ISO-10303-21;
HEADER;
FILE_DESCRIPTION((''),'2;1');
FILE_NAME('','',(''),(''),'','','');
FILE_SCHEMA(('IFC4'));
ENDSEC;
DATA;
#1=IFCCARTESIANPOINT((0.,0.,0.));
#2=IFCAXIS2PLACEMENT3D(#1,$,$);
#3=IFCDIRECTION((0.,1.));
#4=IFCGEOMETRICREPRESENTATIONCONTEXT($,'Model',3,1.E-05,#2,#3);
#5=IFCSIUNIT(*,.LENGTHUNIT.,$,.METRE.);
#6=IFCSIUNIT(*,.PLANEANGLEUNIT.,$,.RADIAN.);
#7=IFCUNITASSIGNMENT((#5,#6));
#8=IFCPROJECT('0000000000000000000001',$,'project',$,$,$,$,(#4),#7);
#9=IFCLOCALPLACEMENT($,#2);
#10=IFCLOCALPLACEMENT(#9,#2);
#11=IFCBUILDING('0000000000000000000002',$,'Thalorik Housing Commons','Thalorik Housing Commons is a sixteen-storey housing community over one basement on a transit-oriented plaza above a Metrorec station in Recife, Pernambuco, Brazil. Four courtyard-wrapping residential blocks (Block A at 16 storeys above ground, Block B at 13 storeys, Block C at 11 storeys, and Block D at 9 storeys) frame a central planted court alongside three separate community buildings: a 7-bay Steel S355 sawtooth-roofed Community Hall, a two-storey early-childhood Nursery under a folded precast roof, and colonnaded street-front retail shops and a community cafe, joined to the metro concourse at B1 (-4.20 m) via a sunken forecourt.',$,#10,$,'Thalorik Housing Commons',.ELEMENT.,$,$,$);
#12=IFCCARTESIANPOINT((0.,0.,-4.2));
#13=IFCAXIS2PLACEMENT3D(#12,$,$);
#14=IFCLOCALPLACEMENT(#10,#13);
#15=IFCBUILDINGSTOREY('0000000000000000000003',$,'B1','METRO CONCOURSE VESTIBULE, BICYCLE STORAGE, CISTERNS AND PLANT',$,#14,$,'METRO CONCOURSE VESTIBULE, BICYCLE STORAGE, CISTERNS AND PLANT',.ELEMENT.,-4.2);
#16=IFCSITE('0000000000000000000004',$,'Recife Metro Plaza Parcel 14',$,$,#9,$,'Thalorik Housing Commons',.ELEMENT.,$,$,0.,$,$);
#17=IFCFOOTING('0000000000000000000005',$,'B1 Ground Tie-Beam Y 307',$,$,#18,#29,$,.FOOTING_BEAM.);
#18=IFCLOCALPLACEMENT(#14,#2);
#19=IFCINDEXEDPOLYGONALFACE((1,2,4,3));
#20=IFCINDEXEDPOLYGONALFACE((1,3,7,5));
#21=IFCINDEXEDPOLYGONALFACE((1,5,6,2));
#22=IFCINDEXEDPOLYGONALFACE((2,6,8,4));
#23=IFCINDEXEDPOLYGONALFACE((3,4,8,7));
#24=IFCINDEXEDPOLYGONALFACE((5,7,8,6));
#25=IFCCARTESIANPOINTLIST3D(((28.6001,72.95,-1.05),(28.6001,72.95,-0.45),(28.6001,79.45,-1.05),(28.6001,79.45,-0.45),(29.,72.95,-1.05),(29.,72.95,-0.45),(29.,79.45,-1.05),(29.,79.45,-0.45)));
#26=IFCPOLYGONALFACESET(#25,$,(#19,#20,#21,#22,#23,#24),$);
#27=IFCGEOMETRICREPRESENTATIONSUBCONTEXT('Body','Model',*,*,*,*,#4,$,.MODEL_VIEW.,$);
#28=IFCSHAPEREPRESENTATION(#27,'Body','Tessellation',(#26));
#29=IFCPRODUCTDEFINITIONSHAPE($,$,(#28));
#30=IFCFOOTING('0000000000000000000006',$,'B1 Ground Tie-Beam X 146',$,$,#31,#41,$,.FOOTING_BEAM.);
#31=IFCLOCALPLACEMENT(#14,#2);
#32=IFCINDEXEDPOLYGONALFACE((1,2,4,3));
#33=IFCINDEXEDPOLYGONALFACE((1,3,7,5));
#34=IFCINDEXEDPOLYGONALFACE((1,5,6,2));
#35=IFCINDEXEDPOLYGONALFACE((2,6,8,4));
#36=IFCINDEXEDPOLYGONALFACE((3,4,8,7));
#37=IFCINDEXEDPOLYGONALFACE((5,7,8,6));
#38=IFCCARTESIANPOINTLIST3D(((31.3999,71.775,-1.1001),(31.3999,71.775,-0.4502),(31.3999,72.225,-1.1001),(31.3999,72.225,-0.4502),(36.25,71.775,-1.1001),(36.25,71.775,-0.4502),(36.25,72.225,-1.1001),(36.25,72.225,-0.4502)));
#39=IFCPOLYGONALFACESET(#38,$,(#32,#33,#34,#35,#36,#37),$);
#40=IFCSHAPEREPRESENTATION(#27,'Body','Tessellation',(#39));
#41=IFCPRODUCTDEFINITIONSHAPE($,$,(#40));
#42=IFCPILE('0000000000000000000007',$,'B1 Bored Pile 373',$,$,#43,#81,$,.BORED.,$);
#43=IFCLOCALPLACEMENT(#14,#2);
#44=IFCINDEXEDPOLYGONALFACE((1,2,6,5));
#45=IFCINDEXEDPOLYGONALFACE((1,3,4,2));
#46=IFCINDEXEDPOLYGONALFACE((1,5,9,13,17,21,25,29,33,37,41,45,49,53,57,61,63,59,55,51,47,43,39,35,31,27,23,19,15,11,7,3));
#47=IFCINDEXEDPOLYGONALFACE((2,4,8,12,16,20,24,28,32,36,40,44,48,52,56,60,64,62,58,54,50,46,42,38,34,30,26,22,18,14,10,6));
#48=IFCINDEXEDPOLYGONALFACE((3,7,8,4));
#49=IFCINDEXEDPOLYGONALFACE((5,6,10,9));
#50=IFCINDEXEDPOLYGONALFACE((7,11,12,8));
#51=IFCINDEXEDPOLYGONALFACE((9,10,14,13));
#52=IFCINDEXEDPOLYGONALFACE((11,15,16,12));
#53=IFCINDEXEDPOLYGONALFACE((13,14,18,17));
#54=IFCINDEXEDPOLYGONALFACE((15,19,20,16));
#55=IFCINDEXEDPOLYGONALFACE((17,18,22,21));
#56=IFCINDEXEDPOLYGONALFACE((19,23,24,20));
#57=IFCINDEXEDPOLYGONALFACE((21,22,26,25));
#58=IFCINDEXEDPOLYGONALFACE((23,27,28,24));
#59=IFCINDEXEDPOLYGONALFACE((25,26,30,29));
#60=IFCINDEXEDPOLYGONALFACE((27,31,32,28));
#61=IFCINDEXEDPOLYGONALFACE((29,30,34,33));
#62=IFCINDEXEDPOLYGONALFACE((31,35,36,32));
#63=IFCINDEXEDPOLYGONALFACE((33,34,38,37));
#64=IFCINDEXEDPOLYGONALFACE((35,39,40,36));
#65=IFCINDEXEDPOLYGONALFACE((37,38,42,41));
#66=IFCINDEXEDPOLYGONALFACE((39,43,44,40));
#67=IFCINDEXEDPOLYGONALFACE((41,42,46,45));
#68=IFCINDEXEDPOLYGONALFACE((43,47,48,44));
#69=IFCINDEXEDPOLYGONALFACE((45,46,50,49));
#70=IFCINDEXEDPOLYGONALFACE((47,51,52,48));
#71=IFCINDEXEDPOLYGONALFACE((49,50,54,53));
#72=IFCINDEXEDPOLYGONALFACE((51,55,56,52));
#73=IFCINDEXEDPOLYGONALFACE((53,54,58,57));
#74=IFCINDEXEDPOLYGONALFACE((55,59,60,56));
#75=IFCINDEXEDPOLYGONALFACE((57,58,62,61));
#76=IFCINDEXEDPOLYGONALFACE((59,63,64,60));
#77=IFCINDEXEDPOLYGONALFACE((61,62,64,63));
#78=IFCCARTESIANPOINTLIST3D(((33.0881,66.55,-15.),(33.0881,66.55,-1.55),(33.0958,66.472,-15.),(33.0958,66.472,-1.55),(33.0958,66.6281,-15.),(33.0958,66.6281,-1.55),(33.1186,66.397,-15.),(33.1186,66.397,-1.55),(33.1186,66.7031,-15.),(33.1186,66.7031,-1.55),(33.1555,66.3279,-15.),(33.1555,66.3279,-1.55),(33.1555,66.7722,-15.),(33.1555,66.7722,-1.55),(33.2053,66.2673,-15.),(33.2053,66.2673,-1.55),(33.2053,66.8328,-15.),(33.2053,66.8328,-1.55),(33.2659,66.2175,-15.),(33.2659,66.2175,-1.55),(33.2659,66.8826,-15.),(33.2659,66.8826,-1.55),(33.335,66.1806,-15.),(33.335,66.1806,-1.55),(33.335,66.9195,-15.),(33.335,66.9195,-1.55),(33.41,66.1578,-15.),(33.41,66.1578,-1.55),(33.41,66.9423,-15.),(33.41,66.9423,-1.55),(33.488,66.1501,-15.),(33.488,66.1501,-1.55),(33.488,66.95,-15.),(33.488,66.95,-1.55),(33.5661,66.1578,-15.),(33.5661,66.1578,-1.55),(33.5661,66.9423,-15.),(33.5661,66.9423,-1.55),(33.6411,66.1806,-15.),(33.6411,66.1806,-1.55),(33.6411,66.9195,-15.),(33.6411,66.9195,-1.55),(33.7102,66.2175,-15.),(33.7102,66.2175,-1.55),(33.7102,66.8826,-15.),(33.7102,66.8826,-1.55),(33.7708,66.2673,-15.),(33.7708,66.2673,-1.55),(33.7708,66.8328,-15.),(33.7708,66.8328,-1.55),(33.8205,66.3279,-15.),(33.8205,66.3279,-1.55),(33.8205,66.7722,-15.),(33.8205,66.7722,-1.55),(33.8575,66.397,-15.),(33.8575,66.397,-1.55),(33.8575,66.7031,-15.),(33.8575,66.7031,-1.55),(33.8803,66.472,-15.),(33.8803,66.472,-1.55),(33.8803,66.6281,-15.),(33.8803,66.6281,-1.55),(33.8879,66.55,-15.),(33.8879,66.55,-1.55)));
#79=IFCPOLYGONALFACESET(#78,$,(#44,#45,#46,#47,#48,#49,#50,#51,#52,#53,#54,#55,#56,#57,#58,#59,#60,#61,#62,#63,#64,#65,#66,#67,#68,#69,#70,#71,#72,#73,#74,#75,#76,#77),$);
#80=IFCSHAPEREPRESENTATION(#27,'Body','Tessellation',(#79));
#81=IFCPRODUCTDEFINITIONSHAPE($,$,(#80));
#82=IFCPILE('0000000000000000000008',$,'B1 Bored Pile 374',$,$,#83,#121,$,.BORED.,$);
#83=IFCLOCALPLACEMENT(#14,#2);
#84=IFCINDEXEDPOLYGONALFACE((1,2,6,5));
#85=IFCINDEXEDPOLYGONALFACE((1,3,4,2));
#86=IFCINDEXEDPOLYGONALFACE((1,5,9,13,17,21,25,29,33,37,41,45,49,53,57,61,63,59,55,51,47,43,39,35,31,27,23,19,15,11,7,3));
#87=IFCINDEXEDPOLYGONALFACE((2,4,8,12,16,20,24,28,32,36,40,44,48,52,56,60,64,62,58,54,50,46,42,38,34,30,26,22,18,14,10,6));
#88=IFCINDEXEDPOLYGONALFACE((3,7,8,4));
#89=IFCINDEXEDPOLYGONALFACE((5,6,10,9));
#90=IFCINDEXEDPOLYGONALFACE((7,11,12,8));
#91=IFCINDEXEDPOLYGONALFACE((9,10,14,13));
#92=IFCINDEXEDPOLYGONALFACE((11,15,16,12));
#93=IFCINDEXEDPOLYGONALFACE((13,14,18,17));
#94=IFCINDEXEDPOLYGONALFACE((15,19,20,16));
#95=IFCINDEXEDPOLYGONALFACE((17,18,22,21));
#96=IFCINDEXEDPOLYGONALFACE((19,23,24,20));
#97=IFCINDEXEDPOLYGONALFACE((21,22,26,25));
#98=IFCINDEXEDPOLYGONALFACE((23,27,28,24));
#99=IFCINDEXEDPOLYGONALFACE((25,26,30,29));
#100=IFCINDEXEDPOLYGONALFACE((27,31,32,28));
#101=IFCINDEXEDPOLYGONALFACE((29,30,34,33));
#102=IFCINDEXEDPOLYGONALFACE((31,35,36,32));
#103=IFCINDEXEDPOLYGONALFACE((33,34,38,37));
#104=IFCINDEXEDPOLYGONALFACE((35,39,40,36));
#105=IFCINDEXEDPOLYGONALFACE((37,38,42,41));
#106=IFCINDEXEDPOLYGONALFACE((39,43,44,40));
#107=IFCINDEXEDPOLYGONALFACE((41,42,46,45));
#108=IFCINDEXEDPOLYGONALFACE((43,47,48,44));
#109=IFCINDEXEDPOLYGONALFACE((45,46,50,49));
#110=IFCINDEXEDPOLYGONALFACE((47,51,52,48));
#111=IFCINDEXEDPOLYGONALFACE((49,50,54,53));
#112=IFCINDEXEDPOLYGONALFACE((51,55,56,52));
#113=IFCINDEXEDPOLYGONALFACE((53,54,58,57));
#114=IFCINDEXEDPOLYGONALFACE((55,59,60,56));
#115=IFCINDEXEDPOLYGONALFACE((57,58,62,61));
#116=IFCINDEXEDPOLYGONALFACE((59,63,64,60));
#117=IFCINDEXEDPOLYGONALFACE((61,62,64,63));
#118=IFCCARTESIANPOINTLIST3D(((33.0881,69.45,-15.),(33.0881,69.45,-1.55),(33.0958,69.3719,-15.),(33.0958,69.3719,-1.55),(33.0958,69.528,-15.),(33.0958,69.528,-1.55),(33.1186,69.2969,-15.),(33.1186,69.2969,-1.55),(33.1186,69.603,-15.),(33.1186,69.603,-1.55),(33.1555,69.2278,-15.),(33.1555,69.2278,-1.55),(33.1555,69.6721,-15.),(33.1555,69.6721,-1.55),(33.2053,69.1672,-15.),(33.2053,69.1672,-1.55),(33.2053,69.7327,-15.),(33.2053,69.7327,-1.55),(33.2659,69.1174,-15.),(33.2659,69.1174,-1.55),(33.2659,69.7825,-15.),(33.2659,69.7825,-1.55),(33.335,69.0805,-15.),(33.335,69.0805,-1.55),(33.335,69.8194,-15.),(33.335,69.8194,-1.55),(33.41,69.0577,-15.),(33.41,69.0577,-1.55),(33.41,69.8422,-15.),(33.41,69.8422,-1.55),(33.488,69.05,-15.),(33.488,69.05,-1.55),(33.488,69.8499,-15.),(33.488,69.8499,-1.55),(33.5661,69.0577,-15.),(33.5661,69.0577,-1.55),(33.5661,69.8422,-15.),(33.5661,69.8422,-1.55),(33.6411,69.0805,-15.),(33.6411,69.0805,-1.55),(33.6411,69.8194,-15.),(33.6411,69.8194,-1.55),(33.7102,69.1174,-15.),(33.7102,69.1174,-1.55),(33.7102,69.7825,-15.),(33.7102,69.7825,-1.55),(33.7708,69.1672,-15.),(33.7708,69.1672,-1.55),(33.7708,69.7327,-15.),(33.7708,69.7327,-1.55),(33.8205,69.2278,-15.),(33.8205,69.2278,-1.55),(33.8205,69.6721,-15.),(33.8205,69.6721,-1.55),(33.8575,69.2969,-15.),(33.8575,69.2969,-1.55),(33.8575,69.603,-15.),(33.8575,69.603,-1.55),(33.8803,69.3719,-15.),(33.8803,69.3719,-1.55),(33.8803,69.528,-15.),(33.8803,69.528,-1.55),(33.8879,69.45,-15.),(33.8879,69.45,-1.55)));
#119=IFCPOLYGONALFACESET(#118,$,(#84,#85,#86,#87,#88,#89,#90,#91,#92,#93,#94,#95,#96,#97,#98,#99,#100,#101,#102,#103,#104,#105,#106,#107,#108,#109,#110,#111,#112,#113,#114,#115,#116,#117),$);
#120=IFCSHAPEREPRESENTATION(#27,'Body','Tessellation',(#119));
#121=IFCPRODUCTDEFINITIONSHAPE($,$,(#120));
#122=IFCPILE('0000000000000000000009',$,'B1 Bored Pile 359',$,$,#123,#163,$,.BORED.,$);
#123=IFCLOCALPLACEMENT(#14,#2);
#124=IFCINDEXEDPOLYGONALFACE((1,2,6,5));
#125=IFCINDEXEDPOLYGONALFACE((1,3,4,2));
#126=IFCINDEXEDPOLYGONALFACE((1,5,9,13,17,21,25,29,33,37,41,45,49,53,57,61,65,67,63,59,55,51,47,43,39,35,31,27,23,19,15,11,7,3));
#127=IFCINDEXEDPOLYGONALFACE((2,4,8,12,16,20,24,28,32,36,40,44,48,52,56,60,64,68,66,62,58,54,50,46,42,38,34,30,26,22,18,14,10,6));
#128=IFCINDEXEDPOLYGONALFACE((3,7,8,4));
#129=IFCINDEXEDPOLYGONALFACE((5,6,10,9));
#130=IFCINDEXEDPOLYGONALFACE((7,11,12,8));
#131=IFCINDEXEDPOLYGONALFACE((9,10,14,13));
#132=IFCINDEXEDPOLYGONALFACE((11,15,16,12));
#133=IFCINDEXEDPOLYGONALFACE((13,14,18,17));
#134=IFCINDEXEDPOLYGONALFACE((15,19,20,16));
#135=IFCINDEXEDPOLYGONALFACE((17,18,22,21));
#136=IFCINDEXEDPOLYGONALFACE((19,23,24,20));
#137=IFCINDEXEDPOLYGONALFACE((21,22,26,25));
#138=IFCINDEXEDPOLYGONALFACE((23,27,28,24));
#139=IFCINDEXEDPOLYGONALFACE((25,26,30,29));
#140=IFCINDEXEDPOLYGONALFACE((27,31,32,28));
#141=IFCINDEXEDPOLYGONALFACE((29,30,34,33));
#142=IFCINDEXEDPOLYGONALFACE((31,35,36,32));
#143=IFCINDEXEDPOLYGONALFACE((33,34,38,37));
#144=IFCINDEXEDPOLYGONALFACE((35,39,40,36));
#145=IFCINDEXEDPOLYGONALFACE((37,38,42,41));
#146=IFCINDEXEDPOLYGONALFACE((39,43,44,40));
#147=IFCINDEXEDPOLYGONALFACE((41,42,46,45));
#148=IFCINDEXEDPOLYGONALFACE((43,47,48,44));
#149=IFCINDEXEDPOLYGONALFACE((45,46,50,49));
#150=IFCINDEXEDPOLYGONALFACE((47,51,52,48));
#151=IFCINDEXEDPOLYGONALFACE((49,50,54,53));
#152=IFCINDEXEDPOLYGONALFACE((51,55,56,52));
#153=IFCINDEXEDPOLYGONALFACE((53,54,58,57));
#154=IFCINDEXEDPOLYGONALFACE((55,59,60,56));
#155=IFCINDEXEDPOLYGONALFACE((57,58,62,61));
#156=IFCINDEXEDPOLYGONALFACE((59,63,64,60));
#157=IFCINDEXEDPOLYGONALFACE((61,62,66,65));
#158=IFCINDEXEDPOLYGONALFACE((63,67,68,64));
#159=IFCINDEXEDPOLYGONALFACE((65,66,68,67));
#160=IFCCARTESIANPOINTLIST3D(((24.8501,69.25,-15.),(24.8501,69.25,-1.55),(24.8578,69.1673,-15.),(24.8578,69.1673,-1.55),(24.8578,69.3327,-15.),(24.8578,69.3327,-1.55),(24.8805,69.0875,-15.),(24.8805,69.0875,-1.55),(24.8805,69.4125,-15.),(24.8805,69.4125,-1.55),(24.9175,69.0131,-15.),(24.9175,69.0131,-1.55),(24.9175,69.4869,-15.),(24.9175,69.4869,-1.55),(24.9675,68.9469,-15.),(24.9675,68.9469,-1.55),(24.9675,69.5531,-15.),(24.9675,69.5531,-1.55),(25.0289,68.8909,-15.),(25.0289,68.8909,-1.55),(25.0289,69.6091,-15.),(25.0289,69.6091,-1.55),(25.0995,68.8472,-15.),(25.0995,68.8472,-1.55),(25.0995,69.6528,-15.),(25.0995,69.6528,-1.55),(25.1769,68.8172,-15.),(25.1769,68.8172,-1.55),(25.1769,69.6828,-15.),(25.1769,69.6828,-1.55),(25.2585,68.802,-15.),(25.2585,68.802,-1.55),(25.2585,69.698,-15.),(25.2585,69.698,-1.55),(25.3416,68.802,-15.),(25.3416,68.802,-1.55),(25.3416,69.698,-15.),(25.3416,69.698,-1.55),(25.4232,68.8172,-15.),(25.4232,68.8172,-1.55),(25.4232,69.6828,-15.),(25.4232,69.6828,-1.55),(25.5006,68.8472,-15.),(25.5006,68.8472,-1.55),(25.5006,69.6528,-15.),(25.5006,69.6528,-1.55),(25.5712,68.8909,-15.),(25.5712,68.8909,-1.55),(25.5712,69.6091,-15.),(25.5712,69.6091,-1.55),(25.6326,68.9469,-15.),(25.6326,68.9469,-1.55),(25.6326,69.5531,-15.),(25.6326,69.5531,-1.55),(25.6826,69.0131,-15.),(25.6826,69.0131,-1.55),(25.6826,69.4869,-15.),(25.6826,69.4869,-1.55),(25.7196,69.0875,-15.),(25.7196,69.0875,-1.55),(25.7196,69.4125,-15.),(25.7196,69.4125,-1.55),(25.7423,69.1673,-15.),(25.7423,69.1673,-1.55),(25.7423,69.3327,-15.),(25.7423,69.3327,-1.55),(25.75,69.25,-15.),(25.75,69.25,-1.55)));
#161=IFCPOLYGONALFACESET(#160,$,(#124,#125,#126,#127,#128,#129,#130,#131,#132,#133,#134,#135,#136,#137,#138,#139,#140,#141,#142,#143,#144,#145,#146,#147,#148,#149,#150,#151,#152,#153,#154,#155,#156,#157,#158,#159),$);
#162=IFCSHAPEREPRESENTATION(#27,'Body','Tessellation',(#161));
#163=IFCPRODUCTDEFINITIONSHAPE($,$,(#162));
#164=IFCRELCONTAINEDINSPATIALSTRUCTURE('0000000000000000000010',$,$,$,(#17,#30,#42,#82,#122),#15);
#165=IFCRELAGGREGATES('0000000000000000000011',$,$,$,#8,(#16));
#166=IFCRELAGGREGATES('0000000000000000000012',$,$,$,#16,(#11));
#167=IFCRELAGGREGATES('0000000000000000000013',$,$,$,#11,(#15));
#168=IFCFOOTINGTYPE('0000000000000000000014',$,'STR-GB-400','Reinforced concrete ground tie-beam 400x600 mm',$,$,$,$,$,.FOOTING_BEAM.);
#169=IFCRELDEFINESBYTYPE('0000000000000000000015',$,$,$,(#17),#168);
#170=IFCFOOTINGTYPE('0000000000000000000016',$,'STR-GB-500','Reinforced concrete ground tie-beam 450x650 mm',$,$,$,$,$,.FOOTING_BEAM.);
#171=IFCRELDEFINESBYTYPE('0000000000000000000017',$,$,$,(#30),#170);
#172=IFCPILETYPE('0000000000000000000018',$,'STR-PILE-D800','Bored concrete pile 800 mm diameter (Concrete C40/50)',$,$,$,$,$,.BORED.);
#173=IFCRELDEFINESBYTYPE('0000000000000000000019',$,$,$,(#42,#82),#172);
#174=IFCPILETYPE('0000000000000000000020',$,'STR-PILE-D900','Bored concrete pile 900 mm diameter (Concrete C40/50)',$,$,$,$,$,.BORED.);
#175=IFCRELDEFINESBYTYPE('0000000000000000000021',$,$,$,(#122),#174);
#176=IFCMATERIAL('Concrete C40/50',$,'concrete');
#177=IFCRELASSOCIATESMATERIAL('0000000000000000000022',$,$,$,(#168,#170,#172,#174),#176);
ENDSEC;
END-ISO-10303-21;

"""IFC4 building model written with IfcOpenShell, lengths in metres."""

from ifc_helpers import new_model, si_unit, direction, frame, origin, origin_2d, place, context, subcontext, project, spatial, rectangle, circle, extrude, material, material_profile, profile_set, type_object, element, save


model = new_model("IFC4")

# Units and contexts
model_context = context("Model", 3, precision=1e-05, world=origin(), true_north=direction((0.0, 1.0)))
body_context = subcontext(model_context, "Body", "Model", "MODEL_VIEW")
ifc_project = project(units=[si_unit("LENGTHUNIT", "METRE"), si_unit("PLANEANGLEUNIT", "RADIAN")], contexts=[model_context])

# Site, building, storey
site_placement = place(None, origin())
site = spatial("IfcSite", under=ifc_project, at=site_placement, Name="Recife Metro Plaza Parcel 14", LongName="Thalorik Housing Commons", CompositionType="ELEMENT", RefElevation=0.0)
building_placement = place(site_placement, origin())
building = spatial("IfcBuilding", under=site, at=building_placement, Name="Thalorik Housing Commons", Description="Thalorik Housing Commons is a sixteen-storey housing community over one basement on a transit-oriented plaza above a Metrorec station in Recife, Pernambuco, Brazil. Four courtyard-wrapping residential blocks (Block A at 16 storeys above ground, Block B at 13 storeys, Block C at 11 storeys, and Block D at 9 storeys) frame a central planted court alongside three separate community buildings: a 7-bay Steel S355 sawtooth-roofed Community Hall, a two-storey early-childhood Nursery under a folded precast roof, and colonnaded street-front retail shops and a community cafe, joined to the metro concourse at B1 (-4.20 m) via a sunken forecourt.", LongName="Thalorik Housing Commons", CompositionType="ELEMENT")
storey_placement = place(building_placement, frame((0.0, 0.0, -4.2)))
storey = spatial("IfcBuildingStorey", under=building, at=storey_placement, Name="B1", Description="METRO CONCOURSE VESTIBULE, BICYCLE STORAGE, CISTERNS AND PLANT", LongName="METRO CONCOURSE VESTIBULE, BICYCLE STORAGE, CISTERNS AND PLANT", CompositionType="ELEMENT", Elevation=-4.2)

# Footings
ifc_material_1 = material(Name="Concrete C40/50", Category="concrete")
ifc_material_profile_1 = material_profile(ifc_material_1, rectangle(XDim=0.3999, YDim=0.6001, at=origin_2d()), Name="RC 400x600", Category="concrete")
ifc_profile_set_1 = profile_set([ifc_material_profile_1], Name="Concrete C40/50")
footing_type_1 = type_object("IfcFootingType", Name="STR-GB-400", Description="Reinforced concrete ground tie-beam 400x600 mm", PredefinedType="FOOTING_BEAM", material=ifc_profile_set_1)
footing_1_placement = place(storey_placement, frame((28.8, 72.95, -0.75), z_axis=(0.0, 1.0, 0.0), x_axis=(-1.0, 0.0, 0.0)))
element("IfcFooting", 1, at=footing_1_placement, inside=storey, type_object=footing_type_1, Name="B1 Ground Tie-Beam Y 307", PredefinedType="FOOTING_BEAM", context=body_context, shape_type="SweptSolid", body=[
    extrude(rectangle(XDim=0.3999, YDim=0.6001, at=origin_2d()), origin(), (0.0, 0.0, 1.0), 6.5),
])
ifc_material_profile_2 = material_profile(ifc_material_1, rectangle(XDim=0.45, YDim=0.6499, at=origin_2d()), Name="RC 450x650", Category="concrete")
ifc_profile_set_2 = profile_set([ifc_material_profile_2], Name="Concrete C40/50")
footing_type_2 = type_object("IfcFootingType", Name="STR-GB-500", Description="Reinforced concrete ground tie-beam 450x650 mm", PredefinedType="FOOTING_BEAM", material=ifc_profile_set_2)
footing_2_placement = place(storey_placement, frame((31.3999, 72.0, -0.7751), z_axis=(1.0, 0.0, 0.0), x_axis=(0.0, 1.0, 0.0)))
element("IfcFooting", 2, at=footing_2_placement, inside=storey, type_object=footing_type_2, Name="B1 Ground Tie-Beam X 146", PredefinedType="FOOTING_BEAM", context=body_context, shape_type="SweptSolid", body=[
    extrude(rectangle(XDim=0.45, YDim=0.6499, at=origin_2d()), origin(), (0.0, 0.0, 1.0), 4.8501),
])

# Piles
ifc_material_profile_3 = material_profile(ifc_material_1, circle(Radius=0.3999, at=origin_2d()), Name="BORED PILE D800", Category="concrete")
ifc_profile_set_3 = profile_set([ifc_material_profile_3], Name="Concrete C40/50")
pile_type_1 = type_object("IfcPileType", Name="STR-PILE-D800", Description="Bored concrete pile 800 mm diameter (Concrete C40/50)", PredefinedType="BORED", material=ifc_profile_set_3)
for number, where, z_axis, x_axis, name in (
    (3, (33.488, 66.55, -1.55), (0.0, 0.0, -1.0), (1.0, 0.0, 0.0), "B1 Bored Pile 373"),
    (4, (33.488, 69.45, -1.55), (0.0, 0.0, -1.0), (1.0, 0.0, 0.0), "B1 Bored Pile 374"),
):
    element("IfcPile", number, at=place(storey_placement, frame(where, z_axis=z_axis, x_axis=x_axis)), inside=storey, type_object=pile_type_1, Name=name, PredefinedType="BORED", context=body_context, shape_type="SweptSolid", body=[
        extrude(circle(Radius=0.3999, at=origin_2d()), origin(), (0.0, 0.0, 1.0), 13.45),
    ])
ifc_material_profile_4 = material_profile(ifc_material_1, circle(Radius=0.45, at=origin_2d()), Name="BORED PILE D900", Category="concrete")
ifc_profile_set_4 = profile_set([ifc_material_profile_4], Name="Concrete C40/50")
pile_type_2 = type_object("IfcPileType", Name="STR-PILE-D900", Description="Bored concrete pile 900 mm diameter (Concrete C40/50)", PredefinedType="BORED", material=ifc_profile_set_4)
for number, where, z_axis, x_axis, name in (
    (5, (25.3, 69.25, -1.55), (0.0, 0.0, -1.0), (1.0, 0.0, 0.0), "B1 Bored Pile 359"),
):
    element("IfcPile", number, at=place(storey_placement, frame(where, z_axis=z_axis, x_axis=x_axis)), inside=storey, type_object=pile_type_2, Name=name, PredefinedType="BORED", context=body_context, shape_type="SweptSolid", body=[
        extrude(circle(Radius=0.45, at=origin_2d()), origin(), (0.0, 0.0, 1.0), 13.45),
    ])

save(model, "model.ifc")
